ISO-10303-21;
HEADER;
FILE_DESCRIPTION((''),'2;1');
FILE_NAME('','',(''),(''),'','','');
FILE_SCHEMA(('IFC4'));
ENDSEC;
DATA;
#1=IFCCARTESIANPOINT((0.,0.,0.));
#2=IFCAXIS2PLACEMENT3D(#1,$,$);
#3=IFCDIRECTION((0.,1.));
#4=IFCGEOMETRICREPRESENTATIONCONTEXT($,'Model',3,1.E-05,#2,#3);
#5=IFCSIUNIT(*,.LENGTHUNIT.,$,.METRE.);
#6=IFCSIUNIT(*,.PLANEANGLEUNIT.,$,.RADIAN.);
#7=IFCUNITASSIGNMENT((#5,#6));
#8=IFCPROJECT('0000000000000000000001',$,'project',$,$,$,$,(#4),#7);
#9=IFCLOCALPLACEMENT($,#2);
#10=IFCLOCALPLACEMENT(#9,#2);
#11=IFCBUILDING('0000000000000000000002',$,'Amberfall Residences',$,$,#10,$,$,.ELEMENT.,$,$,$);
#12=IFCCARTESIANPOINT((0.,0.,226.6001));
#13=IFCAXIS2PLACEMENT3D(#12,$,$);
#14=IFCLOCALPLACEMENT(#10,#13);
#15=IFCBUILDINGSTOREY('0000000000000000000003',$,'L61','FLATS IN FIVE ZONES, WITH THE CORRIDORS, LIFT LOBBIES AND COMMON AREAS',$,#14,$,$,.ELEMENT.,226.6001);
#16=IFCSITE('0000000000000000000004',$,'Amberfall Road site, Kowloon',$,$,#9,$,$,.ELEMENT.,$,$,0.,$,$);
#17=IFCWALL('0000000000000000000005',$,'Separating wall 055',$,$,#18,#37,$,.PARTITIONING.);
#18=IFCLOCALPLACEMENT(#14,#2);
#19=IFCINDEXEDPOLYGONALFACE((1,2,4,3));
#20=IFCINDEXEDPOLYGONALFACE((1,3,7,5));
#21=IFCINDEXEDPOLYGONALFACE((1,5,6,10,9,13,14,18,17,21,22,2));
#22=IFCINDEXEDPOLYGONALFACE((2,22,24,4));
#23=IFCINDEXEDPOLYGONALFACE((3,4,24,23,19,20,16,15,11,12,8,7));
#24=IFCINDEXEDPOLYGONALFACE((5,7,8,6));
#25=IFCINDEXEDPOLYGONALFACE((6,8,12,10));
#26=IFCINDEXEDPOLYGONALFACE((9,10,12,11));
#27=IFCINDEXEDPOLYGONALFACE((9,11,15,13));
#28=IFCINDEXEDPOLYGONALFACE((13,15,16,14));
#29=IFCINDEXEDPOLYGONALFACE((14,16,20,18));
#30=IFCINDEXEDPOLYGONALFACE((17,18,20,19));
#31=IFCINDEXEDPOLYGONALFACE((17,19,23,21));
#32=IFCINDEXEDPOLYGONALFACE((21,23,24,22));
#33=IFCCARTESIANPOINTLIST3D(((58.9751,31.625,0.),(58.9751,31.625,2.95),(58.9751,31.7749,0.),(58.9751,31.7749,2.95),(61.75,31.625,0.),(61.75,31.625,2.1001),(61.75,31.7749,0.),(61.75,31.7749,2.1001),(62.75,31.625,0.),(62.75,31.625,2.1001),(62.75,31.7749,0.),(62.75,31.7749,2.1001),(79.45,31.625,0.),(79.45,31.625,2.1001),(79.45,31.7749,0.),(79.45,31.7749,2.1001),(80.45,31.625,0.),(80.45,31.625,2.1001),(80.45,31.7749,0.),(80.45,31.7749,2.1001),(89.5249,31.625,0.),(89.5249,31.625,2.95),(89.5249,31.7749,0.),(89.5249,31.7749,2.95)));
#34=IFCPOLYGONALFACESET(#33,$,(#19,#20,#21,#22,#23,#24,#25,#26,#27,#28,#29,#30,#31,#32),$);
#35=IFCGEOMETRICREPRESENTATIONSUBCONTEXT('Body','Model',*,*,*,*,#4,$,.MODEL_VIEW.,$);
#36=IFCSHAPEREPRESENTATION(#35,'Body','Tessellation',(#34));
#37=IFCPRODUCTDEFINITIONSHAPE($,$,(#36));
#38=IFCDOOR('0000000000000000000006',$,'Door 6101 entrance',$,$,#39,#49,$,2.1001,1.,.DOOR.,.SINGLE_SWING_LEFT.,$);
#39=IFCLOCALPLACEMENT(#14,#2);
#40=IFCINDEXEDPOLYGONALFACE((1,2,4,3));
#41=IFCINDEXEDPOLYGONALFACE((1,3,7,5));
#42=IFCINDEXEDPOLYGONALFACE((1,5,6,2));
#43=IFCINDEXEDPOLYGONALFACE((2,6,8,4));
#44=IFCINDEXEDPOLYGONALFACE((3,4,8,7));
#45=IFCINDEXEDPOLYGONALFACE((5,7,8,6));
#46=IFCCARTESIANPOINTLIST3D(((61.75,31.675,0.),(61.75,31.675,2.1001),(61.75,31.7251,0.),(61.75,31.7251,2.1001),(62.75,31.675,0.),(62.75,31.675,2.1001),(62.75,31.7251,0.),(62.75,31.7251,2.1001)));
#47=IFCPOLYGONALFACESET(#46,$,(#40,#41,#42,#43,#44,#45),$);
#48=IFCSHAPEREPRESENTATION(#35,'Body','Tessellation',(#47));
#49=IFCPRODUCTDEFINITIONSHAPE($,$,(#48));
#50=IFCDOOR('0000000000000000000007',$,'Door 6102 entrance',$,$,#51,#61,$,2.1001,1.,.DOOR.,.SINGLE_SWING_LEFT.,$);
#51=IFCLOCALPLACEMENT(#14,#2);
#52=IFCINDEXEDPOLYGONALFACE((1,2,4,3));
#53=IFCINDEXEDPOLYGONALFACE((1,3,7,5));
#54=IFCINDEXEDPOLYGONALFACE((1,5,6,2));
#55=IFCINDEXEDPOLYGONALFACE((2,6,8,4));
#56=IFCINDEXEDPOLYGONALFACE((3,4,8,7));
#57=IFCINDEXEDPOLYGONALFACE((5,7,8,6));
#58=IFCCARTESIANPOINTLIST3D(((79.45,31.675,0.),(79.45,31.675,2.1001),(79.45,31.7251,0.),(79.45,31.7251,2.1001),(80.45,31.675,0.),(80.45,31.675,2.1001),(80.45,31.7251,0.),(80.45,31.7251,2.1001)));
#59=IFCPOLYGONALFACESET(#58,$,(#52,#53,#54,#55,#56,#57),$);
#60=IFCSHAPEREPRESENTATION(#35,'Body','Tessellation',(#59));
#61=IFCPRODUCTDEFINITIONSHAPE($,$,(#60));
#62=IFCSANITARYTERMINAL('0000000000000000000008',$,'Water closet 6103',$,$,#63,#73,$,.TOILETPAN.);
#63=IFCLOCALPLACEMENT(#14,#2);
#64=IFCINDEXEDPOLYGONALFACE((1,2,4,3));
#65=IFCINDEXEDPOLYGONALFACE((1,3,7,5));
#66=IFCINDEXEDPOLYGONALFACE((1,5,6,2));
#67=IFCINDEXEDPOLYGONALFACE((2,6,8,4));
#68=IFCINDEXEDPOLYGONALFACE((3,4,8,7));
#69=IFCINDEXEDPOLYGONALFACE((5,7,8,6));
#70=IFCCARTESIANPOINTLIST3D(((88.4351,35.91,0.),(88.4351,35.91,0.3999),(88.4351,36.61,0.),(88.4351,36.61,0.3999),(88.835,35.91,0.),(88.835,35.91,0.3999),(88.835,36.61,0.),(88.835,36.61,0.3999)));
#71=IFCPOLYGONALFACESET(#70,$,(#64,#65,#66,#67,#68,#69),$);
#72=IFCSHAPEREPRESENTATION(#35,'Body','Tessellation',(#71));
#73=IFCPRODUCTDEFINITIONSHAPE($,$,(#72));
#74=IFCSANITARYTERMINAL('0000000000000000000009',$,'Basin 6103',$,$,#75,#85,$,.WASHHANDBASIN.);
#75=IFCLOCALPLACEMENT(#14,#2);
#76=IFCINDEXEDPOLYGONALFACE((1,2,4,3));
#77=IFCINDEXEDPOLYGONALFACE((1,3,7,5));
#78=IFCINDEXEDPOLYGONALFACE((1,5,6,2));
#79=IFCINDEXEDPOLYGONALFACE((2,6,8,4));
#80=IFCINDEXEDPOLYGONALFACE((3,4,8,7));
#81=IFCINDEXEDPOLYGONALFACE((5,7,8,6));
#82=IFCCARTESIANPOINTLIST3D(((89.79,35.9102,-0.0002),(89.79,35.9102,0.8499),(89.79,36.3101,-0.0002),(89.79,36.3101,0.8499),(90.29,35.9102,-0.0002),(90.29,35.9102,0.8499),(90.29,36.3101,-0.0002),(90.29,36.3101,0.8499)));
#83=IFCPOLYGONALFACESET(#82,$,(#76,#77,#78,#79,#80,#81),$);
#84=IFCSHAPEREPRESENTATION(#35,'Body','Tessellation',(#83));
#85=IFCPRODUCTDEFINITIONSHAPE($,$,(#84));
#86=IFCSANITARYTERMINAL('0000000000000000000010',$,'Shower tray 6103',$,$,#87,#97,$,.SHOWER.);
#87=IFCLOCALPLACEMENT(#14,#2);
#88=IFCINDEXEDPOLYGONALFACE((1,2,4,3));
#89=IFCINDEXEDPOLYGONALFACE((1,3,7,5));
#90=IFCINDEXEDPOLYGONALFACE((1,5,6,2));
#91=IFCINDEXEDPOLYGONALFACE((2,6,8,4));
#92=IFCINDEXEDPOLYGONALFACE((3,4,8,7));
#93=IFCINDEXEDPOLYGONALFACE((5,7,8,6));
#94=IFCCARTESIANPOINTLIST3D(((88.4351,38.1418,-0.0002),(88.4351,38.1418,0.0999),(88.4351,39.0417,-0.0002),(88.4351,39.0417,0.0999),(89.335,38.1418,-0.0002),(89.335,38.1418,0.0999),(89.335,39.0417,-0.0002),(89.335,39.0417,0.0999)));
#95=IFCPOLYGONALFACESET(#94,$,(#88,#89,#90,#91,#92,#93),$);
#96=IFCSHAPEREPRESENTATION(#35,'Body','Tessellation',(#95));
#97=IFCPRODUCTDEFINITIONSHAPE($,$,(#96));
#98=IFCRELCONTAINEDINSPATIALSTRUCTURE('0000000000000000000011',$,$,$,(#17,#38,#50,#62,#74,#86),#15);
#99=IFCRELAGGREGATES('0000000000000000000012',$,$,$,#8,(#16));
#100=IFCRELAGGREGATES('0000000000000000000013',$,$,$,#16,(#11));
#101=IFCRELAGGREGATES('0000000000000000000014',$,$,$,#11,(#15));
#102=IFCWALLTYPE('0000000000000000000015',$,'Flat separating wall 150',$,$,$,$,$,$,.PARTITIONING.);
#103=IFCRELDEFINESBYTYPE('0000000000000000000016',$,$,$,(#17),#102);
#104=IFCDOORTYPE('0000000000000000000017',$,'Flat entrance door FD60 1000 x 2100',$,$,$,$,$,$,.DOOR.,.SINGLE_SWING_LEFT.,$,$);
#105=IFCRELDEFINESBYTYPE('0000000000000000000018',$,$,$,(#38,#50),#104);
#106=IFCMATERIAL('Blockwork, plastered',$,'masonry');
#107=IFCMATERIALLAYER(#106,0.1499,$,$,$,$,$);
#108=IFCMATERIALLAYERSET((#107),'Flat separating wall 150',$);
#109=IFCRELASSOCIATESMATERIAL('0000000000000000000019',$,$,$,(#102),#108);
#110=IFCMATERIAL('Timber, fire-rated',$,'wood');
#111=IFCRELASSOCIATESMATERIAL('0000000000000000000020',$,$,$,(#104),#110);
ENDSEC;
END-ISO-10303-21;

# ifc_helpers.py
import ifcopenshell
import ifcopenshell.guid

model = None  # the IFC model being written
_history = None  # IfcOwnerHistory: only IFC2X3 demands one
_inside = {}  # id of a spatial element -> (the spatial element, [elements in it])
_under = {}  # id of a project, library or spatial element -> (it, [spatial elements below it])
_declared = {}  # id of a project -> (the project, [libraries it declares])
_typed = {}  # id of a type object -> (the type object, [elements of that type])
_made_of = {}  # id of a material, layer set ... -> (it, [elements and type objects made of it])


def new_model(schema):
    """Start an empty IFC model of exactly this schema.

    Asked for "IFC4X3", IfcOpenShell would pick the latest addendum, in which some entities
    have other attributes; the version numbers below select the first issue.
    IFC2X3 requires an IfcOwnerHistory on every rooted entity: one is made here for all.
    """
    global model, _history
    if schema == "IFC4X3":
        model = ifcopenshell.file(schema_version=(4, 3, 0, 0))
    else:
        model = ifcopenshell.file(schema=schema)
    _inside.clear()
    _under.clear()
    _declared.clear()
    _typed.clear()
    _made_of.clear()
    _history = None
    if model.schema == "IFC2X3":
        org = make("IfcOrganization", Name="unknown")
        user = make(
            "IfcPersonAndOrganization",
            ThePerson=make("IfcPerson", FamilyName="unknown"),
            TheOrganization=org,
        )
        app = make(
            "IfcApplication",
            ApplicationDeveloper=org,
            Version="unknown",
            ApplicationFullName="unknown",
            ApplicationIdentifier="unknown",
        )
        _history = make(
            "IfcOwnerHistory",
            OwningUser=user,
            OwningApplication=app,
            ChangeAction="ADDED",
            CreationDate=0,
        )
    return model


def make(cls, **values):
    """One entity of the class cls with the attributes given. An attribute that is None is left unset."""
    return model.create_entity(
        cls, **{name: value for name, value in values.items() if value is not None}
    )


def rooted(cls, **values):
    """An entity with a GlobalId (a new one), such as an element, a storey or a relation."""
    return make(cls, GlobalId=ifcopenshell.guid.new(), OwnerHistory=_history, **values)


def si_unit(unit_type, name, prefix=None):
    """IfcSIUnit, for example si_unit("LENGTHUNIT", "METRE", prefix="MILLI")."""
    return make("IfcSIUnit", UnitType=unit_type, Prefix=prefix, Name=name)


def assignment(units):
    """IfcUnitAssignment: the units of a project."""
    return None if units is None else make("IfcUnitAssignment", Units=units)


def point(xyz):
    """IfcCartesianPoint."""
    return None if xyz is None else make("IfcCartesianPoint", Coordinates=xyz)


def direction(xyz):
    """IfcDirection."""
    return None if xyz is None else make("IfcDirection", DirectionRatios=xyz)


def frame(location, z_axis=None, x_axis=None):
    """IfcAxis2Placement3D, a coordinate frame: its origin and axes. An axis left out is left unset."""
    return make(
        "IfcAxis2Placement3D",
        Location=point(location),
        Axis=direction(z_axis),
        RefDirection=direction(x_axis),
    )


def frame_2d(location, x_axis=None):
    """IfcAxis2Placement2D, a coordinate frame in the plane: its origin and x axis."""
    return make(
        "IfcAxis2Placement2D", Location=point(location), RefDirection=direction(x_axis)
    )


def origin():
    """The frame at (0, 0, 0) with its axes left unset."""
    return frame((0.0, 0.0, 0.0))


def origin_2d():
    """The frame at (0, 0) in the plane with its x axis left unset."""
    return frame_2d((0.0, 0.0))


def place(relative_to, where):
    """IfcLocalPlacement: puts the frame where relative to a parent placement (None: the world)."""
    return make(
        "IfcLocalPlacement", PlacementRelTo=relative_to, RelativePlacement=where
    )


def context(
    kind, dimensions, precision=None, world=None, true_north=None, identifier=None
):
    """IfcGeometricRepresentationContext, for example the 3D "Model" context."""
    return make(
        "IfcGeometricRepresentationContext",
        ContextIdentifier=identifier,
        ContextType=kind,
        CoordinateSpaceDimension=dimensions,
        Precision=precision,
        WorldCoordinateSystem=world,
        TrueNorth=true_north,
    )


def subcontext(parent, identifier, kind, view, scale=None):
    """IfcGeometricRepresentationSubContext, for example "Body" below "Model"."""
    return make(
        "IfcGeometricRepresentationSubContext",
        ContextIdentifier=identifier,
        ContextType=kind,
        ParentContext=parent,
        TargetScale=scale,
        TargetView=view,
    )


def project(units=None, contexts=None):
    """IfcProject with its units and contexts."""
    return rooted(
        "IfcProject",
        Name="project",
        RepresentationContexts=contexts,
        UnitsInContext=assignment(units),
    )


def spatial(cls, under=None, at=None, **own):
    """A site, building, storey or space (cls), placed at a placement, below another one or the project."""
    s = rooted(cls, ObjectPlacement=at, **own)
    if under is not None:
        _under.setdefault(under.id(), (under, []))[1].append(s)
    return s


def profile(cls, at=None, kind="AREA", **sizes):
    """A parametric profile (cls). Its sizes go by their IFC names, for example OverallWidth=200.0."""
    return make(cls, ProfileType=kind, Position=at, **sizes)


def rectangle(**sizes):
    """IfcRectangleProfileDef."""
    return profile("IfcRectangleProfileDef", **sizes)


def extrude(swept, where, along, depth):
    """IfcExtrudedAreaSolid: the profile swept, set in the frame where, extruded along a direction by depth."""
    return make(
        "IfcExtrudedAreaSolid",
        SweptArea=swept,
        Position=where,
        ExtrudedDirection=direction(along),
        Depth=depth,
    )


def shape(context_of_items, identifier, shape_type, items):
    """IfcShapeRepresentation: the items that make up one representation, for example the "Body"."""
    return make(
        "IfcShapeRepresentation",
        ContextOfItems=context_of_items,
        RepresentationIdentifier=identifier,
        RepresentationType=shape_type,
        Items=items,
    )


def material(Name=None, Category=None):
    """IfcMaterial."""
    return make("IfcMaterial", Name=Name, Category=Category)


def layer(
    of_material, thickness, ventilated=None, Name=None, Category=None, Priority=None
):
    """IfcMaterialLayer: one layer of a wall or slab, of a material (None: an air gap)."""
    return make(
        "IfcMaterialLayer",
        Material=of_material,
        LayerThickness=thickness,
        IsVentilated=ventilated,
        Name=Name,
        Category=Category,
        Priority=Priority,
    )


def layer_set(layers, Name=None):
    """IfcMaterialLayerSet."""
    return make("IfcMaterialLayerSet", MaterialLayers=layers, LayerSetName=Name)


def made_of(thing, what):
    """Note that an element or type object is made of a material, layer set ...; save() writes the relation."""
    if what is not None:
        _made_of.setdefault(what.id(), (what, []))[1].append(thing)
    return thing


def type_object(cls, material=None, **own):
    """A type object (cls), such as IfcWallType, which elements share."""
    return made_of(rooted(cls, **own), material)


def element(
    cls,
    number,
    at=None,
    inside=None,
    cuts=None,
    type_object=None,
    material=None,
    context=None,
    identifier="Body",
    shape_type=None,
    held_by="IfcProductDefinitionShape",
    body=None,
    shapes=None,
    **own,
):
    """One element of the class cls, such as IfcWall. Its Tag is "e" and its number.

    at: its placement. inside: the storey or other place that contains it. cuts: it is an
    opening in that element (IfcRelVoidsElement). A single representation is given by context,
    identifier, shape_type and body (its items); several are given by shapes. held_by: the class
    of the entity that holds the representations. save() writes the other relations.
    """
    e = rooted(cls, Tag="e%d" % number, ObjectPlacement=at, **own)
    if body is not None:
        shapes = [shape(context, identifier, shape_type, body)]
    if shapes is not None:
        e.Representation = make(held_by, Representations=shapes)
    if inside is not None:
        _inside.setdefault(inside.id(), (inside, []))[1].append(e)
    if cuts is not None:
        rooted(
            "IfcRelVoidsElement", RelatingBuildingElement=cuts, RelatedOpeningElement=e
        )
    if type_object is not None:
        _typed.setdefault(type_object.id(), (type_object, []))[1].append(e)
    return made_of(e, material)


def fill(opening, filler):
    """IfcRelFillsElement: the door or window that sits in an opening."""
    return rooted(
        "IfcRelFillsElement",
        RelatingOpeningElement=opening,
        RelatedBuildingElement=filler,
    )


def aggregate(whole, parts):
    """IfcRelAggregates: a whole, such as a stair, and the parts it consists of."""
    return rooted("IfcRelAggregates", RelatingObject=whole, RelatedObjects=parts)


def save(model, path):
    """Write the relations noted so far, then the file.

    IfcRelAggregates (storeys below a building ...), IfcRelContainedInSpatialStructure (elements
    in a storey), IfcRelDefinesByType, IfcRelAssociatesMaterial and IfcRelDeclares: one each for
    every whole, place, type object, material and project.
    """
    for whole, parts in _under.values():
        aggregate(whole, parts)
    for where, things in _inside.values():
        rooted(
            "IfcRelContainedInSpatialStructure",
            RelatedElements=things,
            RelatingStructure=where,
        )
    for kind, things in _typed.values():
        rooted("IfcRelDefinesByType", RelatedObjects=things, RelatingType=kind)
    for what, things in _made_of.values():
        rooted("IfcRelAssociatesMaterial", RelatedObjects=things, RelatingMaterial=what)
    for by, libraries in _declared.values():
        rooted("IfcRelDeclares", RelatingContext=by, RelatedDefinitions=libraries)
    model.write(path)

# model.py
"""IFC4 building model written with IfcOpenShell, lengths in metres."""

from ifc_helpers import new_model, si_unit, direction, frame, frame_2d, origin, origin_2d, place, context, subcontext, project, spatial, rectangle, extrude, material, layer, layer_set, type_object, element, fill, save


model = new_model("IFC4")

# Units and contexts
model_context = context("Model", 3, precision=1e-05, world=origin(), true_north=direction((0.0, 1.0)))
body_context = subcontext(model_context, "Body", "Model", "MODEL_VIEW")
ifc_project = project(units=[si_unit("LENGTHUNIT", "METRE"), si_unit("PLANEANGLEUNIT", "RADIAN")], contexts=[model_context])

# Site, building, storey
site_placement = place(None, origin())
site = spatial("IfcSite", under=ifc_project, at=site_placement, Name="Amberfall Road site, Kowloon", CompositionType="ELEMENT", RefElevation=0.0)
building_placement = place(site_placement, origin())
building = spatial("IfcBuilding", under=site, at=building_placement, Name="Amberfall Residences", CompositionType="ELEMENT")
storey_placement = place(building_placement, frame((0.0, 0.0, 226.6001)))
storey = spatial("IfcBuildingStorey", under=building, at=storey_placement, Name="L61", Description="FLATS IN FIVE ZONES, WITH THE CORRIDORS, LIFT LOBBIES AND COMMON AREAS", CompositionType="ELEMENT", Elevation=226.6001)

# Shared definitions
ifc_material_1 = material(Name="Blockwork, plastered", Category="masonry")
ifc_layer_1 = layer(ifc_material_1, 0.1499)
ifc_layer_set_1 = layer_set([ifc_layer_1], Name="Flat separating wall 150")
wall_type_1 = type_object("IfcWallType", Name="Flat separating wall 150", PredefinedType="PARTITIONING", material=ifc_layer_set_1)

# Wall, openings, doors
wall_1_placement = place(storey_placement, frame((89.5249, 31.7, 0.0), z_axis=(0.0, 0.0, 1.0), x_axis=(-1.0, 0.0, 0.0)))
wall_1 = element("IfcWall", 1, at=wall_1_placement, inside=storey, type_object=wall_type_1, Name="Separating wall 055", PredefinedType="PARTITIONING", context=body_context, shape_type="SweptSolid", body=[
    extrude(rectangle(XDim=30.5498, YDim=0.1499, at=frame_2d((15.2749, 0.0))), origin(), (0.0, 0.0, 1.0), 2.95),
])
opening_1_placement = place(wall_1_placement, frame((26.7749, 0.0, 0.0)))
opening_1 = element("IfcOpeningElement", 2, at=opening_1_placement, cuts=wall_1, PredefinedType="OPENING", context=body_context, shape_type="SweptSolid", body=[
    extrude(rectangle(XDim=1.0, YDim=2.1001, at=frame_2d((0.5, 1.05))), frame((0.0, 0.085, 0.0), z_axis=(0.0, -1.0, 0.0), x_axis=(1.0, 0.0, 0.0)), (0.0, 0.0, 1.0), 0.1699),
])
opening_2_placement = place(wall_1_placement, frame((9.075, 0.0, 0.0)))
opening_2 = element("IfcOpeningElement", 3, at=opening_2_placement, cuts=wall_1, PredefinedType="OPENING", context=body_context, shape_type="SweptSolid", body=[
    extrude(rectangle(XDim=1.0, YDim=2.1001, at=frame_2d((0.5, 1.05))), frame((0.0, 0.085, 0.0), z_axis=(0.0, -1.0, 0.0), x_axis=(1.0, 0.0, 0.0)), (0.0, 0.0, 1.0), 0.1699),
])
ifc_material_2 = material(Name="Timber, fire-rated", Category="wood")
door_type_1 = type_object("IfcDoorType", Name="Flat entrance door FD60 1000 x 2100", OperationType="SINGLE_SWING_LEFT", PredefinedType="DOOR", material=ifc_material_2)
door_1_placement = place(opening_1_placement, origin())
door_1 = element("IfcDoor", 4, at=door_1_placement, inside=storey, type_object=door_type_1, Name="Door 6101 entrance", OperationType="SINGLE_SWING_LEFT", OverallHeight=2.1001, OverallWidth=1.0, PredefinedType="DOOR", context=body_context, shape_type="SweptSolid", body=[
    extrude(rectangle(XDim=1.0, YDim=2.1001, at=frame_2d((0.5, 1.05))), frame((0.0, 0.0249, 0.0), z_axis=(0.0, -1.0, 0.0), x_axis=(1.0, 0.0, 0.0)), (0.0, 0.0, 1.0), 0.05),
])
fill(opening_1, door_1)
door_2_placement = place(opening_2_placement, origin())
door_2 = element("IfcDoor", 5, at=door_2_placement, inside=storey, type_object=door_type_1, Name="Door 6102 entrance", OperationType="SINGLE_SWING_LEFT", OverallHeight=2.1001, OverallWidth=1.0, PredefinedType="DOOR", context=body_context, shape_type="SweptSolid", body=[
    extrude(rectangle(XDim=1.0, YDim=2.1001, at=frame_2d((0.5, 1.05))), frame((0.0, 0.0249, 0.0), z_axis=(0.0, -1.0, 0.0), x_axis=(1.0, 0.0, 0.0)), (0.0, 0.0, 1.0), 0.05),
])
fill(opening_2, door_2)

# Sanitary terminals
sanitary_terminal_1_placement = place(storey_placement, frame((88.635, 36.26, 0.0), z_axis=(0.0, 0.0, 1.0), x_axis=(1.0, 0.0, 0.0)))
element("IfcSanitaryTerminal", 6, at=sanitary_terminal_1_placement, inside=storey, Name="Water closet 6103", PredefinedType="TOILETPAN", context=body_context, shape_type="SweptSolid", body=[
    extrude(rectangle(XDim=0.3999, YDim=0.7, at=origin_2d()), origin(), (0.0, 0.0, 1.0), 0.3999),
])
sanitary_terminal_2_placement = place(storey_placement, frame((90.04, 36.1101, -0.0002), z_axis=(0.0, 0.0, 1.0), x_axis=(1.0, 0.0, 0.0)))
element("IfcSanitaryTerminal", 7, at=sanitary_terminal_2_placement, inside=storey, Name="Basin 6103", PredefinedType="WASHHANDBASIN", context=body_context, shape_type="SweptSolid", body=[
    extrude(rectangle(XDim=0.5, YDim=0.3999, at=origin_2d()), origin(), (0.0, 0.0, 1.0), 0.8501),
])
sanitary_terminal_3_placement = place(storey_placement, frame((88.885, 38.5918, -0.0002), z_axis=(0.0, 0.0, 1.0), x_axis=(1.0, 0.0, 0.0)))
element("IfcSanitaryTerminal", 8, at=sanitary_terminal_3_placement, inside=storey, Name="Shower tray 6103", PredefinedType="SHOWER", context=body_context, shape_type="SweptSolid", body=[
    extrude(rectangle(XDim=0.8999, YDim=0.8999, at=origin_2d()), origin(), (0.0, 0.0, 1.0), 0.1001),
])

save(model, "model.ifc")
